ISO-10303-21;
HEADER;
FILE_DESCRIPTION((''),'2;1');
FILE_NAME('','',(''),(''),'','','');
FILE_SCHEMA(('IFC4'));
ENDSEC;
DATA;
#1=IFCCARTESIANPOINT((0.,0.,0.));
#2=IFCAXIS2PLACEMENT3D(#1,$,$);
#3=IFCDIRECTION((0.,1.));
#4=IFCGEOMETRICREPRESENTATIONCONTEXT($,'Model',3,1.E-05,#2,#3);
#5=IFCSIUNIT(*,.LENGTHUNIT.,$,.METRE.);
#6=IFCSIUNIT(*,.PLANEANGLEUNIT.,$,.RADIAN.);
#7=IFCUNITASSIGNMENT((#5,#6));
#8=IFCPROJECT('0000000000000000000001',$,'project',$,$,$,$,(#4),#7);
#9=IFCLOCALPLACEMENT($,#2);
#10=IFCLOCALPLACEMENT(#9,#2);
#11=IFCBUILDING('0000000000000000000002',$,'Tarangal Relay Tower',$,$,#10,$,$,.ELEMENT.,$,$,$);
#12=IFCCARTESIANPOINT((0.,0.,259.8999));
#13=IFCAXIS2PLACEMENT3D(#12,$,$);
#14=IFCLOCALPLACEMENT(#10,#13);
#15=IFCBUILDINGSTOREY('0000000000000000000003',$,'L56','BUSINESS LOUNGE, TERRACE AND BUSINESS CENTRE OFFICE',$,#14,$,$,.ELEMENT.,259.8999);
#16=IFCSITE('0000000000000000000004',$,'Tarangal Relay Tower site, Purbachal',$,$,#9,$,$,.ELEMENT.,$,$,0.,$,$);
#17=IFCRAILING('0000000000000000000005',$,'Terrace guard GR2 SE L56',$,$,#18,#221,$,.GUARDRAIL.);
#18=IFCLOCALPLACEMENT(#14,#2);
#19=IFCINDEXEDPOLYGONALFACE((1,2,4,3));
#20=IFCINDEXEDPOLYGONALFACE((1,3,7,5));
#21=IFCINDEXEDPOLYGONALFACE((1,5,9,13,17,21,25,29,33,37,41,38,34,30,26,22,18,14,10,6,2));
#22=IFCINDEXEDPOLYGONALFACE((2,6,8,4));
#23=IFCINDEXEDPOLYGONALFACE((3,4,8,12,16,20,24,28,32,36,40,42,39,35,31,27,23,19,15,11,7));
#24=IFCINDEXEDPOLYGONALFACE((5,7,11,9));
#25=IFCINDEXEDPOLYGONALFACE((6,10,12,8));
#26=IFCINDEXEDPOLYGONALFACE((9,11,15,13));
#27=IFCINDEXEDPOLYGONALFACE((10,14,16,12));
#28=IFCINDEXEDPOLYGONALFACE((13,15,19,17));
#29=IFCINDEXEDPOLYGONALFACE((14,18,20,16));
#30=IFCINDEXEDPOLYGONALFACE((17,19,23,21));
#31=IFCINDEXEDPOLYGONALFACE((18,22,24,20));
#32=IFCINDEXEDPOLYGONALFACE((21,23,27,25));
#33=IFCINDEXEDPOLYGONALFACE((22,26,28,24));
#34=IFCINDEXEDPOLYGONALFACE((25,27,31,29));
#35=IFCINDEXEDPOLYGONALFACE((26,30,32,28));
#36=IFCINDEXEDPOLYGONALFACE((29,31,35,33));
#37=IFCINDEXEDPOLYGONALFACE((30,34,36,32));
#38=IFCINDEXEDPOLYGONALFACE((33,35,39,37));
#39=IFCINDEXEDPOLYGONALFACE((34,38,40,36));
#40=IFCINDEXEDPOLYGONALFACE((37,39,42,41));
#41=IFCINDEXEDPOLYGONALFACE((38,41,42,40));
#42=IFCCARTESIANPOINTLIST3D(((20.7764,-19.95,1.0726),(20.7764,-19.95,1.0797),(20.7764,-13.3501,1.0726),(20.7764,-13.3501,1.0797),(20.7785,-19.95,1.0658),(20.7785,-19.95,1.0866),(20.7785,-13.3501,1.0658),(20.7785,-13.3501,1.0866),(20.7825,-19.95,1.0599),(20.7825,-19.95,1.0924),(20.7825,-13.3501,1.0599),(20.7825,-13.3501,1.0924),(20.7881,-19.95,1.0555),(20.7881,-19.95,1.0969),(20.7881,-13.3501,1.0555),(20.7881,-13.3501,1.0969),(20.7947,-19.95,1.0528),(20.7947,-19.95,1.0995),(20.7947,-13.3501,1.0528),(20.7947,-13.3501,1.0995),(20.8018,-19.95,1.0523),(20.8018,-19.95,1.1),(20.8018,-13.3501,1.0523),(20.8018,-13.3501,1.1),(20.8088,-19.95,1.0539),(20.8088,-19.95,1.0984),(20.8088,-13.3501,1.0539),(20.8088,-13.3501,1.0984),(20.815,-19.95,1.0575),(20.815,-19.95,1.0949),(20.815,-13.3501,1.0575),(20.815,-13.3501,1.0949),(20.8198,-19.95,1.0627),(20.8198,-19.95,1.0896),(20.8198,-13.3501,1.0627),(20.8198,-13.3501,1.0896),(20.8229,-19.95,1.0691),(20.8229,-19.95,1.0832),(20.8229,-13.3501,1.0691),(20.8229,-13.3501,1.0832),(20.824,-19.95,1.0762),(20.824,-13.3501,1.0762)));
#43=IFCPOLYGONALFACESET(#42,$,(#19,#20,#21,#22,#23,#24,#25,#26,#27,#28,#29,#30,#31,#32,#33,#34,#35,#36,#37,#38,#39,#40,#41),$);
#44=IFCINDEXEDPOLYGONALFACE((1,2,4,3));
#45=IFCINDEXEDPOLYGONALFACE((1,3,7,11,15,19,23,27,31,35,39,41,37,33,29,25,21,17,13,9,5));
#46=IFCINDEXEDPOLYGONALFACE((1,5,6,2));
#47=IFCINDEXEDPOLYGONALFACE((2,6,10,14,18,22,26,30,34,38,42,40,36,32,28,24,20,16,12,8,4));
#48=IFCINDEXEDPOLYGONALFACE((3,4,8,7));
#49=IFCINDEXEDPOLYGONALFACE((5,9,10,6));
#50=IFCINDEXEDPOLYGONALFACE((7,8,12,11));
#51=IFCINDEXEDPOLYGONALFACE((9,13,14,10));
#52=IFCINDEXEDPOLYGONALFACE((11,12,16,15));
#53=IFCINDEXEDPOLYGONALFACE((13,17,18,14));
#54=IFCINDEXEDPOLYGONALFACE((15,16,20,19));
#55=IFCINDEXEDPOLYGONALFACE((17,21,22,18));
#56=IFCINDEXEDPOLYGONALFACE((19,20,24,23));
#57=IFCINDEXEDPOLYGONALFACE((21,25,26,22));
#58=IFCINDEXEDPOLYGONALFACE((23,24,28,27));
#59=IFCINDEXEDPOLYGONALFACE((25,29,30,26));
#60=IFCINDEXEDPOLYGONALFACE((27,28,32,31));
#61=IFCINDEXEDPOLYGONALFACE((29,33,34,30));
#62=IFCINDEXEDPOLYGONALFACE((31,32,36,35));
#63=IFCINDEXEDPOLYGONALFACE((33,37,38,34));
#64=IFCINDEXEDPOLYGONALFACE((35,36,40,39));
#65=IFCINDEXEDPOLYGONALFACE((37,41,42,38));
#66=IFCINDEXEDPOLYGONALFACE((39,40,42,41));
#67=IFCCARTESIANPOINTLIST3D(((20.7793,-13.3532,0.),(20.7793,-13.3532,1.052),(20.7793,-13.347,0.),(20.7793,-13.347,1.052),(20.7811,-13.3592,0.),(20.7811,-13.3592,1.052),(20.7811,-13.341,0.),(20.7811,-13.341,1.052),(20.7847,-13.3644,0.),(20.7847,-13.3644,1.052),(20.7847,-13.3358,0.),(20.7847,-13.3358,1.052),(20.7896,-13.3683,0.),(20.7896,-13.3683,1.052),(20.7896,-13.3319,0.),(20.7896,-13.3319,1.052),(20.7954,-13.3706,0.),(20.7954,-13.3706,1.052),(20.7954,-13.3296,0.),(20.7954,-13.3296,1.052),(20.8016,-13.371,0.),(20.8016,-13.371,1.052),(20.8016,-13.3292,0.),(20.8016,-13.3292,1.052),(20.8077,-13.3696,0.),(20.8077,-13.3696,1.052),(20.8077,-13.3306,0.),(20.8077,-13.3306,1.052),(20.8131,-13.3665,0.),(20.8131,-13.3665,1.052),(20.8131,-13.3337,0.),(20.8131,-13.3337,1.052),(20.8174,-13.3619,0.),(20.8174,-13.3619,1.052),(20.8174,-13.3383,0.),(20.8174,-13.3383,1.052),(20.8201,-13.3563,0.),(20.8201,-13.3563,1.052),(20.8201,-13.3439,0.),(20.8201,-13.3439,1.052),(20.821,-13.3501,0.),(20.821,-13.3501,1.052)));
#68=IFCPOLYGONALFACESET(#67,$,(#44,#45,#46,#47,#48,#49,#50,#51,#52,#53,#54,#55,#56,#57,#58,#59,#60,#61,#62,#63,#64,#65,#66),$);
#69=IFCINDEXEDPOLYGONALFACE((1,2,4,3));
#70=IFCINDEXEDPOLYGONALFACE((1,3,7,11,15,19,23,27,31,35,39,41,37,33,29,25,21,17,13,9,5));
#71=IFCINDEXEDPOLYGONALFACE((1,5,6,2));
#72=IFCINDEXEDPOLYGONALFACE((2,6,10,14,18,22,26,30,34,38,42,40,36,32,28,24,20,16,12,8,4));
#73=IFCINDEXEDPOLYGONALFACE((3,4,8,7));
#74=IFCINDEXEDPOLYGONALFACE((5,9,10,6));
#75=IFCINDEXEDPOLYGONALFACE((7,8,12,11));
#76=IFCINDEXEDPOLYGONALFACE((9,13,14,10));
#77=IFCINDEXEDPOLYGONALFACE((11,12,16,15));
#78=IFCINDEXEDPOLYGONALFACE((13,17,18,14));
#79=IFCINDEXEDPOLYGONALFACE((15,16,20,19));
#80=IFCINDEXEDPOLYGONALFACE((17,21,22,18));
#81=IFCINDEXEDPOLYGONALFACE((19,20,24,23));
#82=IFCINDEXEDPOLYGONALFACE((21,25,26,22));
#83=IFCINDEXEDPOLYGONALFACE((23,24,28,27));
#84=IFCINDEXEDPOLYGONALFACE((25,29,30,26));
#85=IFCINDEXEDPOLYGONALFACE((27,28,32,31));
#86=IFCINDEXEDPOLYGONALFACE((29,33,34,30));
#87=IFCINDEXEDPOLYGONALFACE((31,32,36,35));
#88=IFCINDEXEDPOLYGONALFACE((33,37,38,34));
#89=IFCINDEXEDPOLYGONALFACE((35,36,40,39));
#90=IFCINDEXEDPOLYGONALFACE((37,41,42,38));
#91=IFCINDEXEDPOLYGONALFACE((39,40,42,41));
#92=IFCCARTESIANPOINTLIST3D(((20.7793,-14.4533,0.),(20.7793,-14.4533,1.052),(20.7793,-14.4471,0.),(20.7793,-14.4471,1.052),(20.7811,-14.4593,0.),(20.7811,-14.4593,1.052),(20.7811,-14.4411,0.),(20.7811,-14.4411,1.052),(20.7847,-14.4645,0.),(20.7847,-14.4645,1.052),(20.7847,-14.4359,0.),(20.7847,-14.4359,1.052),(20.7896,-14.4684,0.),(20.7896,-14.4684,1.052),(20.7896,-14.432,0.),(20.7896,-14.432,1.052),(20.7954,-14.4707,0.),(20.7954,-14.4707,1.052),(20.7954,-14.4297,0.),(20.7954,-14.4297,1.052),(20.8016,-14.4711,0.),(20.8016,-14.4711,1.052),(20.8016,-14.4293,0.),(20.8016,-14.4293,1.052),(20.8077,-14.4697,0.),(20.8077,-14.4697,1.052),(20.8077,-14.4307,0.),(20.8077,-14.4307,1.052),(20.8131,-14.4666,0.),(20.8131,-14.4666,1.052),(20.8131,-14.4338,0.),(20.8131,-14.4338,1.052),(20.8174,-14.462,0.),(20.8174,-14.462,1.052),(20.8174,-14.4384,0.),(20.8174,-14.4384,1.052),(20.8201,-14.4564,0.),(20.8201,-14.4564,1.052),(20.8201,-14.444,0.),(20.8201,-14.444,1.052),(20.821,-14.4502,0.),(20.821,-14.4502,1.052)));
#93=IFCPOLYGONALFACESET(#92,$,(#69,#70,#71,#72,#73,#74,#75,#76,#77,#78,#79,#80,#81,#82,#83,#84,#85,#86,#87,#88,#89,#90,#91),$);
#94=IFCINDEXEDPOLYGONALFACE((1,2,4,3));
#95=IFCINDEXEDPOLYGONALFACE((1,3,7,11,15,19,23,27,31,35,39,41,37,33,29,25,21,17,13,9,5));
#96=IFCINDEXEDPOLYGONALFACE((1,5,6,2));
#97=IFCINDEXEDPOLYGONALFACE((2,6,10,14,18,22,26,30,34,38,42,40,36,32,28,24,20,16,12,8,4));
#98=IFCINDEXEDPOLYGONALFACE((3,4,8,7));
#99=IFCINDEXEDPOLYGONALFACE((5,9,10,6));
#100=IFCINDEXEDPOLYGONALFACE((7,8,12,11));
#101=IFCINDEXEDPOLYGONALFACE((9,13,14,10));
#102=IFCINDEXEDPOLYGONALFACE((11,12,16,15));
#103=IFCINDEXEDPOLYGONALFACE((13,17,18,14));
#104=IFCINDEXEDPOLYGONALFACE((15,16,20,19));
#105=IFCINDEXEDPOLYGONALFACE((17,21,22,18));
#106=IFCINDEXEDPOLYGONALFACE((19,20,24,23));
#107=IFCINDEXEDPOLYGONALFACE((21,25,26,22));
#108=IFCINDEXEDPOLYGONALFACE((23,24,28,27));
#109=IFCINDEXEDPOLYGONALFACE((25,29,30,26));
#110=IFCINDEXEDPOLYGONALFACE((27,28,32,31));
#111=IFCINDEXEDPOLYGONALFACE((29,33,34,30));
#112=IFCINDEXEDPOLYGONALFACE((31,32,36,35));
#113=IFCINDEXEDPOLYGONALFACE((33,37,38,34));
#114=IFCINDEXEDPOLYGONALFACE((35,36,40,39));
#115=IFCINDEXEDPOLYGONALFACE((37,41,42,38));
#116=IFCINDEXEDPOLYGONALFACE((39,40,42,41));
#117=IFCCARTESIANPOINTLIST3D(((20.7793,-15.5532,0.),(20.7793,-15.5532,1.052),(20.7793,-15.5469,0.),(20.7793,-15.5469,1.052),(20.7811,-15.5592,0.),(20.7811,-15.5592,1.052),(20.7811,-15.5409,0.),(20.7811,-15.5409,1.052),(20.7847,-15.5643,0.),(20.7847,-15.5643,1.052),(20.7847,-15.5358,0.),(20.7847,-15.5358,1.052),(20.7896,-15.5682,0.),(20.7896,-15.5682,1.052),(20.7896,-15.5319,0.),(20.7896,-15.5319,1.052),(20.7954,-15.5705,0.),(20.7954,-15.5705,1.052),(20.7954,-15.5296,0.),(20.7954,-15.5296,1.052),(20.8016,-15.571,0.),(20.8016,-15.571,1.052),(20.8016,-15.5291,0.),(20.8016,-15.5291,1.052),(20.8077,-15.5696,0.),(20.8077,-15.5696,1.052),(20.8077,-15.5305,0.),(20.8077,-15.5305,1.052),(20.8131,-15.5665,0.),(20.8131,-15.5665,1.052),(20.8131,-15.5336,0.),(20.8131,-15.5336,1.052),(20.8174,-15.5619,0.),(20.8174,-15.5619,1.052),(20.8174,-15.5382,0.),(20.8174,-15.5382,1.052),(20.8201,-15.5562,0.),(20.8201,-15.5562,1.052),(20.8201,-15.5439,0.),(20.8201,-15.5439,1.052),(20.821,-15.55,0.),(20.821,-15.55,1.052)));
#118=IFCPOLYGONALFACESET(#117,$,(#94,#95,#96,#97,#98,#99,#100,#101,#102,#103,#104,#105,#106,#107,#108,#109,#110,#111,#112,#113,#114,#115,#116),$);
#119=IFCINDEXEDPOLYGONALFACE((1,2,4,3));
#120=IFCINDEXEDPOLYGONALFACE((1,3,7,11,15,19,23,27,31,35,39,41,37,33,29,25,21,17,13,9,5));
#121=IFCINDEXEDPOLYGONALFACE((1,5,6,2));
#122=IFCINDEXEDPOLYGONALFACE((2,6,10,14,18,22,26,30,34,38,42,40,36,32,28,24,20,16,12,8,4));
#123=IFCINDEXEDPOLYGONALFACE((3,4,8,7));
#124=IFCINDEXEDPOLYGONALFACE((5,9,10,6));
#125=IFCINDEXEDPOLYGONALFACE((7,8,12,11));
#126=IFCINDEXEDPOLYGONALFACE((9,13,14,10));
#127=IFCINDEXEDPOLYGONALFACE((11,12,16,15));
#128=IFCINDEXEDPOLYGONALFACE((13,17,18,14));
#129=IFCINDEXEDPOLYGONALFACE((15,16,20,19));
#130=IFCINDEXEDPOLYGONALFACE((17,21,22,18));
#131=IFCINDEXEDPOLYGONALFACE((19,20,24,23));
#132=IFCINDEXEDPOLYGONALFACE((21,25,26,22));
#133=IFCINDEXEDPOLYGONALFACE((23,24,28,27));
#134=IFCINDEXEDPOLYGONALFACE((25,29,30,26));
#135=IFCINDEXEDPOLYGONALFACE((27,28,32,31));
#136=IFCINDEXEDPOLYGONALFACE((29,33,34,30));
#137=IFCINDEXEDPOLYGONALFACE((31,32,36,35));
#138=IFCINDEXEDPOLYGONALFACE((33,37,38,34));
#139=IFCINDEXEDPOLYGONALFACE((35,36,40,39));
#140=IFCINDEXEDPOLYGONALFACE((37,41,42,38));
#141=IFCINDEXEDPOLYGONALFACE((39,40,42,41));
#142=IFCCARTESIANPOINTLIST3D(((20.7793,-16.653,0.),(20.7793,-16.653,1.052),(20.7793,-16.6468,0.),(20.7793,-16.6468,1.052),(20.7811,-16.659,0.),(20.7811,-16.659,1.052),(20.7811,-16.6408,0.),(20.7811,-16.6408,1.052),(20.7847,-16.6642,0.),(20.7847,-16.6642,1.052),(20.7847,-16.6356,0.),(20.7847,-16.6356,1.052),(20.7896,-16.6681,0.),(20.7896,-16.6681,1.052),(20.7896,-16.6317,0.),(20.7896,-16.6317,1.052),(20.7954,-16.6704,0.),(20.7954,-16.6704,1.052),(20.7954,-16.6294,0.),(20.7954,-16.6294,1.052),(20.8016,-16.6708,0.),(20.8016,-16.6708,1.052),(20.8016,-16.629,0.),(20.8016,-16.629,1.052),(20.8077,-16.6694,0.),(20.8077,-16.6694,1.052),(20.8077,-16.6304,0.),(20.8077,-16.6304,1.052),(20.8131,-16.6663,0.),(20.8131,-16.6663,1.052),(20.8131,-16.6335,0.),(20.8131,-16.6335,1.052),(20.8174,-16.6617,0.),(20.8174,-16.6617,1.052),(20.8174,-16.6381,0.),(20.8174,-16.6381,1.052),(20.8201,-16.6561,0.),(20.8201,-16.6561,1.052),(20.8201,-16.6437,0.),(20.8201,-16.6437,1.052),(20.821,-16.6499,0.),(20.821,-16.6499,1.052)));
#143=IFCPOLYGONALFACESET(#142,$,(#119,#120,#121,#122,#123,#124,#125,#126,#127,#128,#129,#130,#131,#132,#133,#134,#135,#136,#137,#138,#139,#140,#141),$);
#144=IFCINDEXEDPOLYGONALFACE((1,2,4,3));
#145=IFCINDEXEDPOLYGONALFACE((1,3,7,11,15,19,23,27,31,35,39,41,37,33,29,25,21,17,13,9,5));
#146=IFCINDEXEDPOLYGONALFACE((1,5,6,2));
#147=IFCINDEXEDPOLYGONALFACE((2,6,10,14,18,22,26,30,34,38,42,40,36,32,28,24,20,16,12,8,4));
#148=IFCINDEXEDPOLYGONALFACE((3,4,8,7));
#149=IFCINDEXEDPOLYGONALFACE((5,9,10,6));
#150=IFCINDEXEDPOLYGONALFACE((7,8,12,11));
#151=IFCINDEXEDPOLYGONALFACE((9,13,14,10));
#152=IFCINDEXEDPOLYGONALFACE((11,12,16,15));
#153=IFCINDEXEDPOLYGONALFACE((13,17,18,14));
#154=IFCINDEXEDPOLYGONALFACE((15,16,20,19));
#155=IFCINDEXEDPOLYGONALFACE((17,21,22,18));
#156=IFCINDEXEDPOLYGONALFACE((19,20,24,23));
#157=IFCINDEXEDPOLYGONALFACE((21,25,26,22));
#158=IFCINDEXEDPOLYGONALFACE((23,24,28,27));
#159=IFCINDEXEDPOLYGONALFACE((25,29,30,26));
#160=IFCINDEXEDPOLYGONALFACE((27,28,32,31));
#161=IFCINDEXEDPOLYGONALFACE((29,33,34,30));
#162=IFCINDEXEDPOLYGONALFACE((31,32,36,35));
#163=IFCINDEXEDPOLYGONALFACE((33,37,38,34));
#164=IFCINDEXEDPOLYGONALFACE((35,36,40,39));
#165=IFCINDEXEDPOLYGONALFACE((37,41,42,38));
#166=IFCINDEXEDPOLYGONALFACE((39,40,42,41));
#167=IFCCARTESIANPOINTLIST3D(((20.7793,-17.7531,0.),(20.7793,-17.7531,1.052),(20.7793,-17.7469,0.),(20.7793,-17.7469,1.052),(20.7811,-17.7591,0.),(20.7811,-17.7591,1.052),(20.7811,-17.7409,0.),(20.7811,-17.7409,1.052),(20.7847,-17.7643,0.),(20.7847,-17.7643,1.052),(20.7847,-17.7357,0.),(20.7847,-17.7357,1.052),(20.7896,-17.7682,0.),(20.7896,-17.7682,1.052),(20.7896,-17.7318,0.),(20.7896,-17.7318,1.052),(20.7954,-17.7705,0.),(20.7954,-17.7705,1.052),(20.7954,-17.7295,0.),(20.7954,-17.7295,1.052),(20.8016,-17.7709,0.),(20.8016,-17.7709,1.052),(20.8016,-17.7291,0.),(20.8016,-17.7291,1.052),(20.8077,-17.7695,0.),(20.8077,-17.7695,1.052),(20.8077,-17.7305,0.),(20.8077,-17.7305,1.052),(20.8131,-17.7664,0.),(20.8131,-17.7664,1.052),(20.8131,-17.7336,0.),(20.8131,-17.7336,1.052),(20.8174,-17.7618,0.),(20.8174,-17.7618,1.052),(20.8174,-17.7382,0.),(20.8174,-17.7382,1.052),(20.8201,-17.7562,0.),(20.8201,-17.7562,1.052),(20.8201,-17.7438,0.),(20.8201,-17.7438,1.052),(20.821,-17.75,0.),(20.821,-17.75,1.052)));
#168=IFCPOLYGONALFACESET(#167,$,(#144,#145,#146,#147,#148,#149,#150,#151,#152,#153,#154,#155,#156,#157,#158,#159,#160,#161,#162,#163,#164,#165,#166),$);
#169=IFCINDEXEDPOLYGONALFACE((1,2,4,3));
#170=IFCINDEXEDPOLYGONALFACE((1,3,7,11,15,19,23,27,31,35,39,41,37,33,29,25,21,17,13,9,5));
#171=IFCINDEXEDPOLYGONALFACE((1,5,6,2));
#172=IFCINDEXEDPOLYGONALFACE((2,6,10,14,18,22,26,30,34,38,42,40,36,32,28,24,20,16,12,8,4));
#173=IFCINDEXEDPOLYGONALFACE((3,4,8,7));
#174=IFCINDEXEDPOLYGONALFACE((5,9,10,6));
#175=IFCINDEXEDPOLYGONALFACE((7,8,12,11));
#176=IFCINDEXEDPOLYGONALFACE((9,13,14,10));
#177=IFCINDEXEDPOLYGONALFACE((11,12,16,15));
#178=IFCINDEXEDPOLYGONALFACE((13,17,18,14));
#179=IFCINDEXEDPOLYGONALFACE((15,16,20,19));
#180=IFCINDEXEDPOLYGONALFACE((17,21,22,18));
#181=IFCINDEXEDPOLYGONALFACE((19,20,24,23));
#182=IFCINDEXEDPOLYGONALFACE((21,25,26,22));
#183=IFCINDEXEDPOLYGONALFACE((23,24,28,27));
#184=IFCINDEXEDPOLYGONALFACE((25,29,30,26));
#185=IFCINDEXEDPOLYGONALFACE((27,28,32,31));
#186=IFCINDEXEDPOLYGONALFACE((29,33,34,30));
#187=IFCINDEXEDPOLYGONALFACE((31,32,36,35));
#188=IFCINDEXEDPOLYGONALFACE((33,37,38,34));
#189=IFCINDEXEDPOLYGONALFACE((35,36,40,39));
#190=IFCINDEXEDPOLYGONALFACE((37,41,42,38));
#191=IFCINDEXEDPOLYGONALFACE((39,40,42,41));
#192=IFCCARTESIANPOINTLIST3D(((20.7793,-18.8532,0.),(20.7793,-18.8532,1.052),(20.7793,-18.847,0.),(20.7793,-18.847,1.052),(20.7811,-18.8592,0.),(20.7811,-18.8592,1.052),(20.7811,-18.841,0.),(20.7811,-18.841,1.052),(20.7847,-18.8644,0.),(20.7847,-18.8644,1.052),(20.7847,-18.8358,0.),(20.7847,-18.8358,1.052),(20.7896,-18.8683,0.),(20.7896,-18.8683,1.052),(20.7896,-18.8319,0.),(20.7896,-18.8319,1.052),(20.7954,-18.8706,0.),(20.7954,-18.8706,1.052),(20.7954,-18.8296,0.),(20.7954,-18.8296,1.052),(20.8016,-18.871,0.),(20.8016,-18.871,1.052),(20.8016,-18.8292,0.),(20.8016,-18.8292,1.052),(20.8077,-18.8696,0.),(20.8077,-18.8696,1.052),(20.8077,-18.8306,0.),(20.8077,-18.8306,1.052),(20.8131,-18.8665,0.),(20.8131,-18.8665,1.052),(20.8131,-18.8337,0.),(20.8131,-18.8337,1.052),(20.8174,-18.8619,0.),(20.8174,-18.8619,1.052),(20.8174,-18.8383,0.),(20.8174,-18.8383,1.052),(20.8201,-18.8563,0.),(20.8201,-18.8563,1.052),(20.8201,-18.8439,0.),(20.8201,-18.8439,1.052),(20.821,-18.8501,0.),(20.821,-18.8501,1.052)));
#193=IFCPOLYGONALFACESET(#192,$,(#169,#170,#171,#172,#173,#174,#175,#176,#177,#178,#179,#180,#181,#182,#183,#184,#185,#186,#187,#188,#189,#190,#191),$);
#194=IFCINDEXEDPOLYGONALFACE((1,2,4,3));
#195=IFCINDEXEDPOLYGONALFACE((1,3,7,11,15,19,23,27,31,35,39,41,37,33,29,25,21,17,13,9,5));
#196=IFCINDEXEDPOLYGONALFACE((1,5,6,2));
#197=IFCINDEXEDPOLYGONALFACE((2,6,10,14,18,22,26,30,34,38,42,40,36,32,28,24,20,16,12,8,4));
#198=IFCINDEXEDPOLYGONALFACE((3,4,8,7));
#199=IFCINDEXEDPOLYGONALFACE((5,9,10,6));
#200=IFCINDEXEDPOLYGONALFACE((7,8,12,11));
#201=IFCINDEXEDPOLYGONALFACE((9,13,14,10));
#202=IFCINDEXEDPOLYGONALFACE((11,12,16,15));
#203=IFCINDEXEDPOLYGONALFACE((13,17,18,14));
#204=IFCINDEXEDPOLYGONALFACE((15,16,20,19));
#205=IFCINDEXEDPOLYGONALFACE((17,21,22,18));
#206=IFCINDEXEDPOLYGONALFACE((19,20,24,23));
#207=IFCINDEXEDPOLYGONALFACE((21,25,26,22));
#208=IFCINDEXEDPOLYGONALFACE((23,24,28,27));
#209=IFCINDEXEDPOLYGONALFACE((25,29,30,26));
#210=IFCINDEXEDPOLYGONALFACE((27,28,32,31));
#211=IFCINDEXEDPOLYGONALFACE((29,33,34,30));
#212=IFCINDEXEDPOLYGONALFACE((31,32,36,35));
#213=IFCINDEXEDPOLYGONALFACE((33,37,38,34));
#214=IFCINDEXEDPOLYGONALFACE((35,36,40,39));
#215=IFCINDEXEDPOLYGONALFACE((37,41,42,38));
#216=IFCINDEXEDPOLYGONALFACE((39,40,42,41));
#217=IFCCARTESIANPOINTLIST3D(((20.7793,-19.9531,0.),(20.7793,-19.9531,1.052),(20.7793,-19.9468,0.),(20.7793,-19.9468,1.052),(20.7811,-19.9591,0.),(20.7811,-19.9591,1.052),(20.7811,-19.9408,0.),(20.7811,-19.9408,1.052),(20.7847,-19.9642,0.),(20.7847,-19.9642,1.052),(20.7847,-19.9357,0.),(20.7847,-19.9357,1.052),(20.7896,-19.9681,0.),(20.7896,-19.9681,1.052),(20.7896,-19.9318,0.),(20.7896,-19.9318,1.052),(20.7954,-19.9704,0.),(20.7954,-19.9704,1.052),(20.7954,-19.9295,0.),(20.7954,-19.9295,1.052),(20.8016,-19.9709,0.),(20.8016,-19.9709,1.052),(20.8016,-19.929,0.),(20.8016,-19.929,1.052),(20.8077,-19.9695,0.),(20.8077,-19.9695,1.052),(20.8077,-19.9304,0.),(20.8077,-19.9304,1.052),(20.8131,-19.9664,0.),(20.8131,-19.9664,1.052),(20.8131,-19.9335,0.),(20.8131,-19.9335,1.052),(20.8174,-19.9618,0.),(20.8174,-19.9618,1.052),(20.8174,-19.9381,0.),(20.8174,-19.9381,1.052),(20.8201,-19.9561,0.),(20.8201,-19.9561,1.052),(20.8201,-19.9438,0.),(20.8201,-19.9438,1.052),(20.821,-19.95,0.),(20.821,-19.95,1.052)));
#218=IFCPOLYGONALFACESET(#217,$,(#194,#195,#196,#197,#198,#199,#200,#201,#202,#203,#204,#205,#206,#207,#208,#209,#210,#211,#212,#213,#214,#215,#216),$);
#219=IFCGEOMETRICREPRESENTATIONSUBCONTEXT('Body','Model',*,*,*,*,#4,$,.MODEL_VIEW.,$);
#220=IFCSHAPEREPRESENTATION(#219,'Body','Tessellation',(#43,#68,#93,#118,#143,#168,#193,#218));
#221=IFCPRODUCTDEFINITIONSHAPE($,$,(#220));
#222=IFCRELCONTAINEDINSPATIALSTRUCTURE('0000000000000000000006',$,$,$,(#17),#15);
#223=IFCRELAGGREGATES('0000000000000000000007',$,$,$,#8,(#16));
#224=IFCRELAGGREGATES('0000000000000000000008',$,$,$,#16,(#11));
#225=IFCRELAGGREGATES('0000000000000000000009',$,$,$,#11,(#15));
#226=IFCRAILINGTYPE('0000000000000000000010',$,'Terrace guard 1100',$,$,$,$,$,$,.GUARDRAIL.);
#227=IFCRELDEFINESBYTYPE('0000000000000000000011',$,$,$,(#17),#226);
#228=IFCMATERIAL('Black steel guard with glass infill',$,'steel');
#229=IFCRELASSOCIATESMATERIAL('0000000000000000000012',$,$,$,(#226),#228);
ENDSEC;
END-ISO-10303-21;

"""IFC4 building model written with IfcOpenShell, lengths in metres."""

from ifc_helpers import new_model, si_unit, direction, frame, origin, origin_2d, place, context, subcontext, project, spatial, circle, extrude, material, type_object, element, save


model = new_model("IFC4")

# Units and contexts
model_context = context("Model", 3, precision=1e-05, world=origin(), true_north=direction((0.0, 1.0)))
body_context = subcontext(model_context, "Body", "Model", "MODEL_VIEW")
ifc_project = project(units=[si_unit("LENGTHUNIT", "METRE"), si_unit("PLANEANGLEUNIT", "RADIAN")], contexts=[model_context])

# Site, building, storey
site_placement = place(None, origin())
site = spatial("IfcSite", under=ifc_project, at=site_placement, Name="Tarangal Relay Tower site, Purbachal", CompositionType="ELEMENT", RefElevation=0.0)
building_placement = place(site_placement, origin())
building = spatial("IfcBuilding", under=site, at=building_placement, Name="Tarangal Relay Tower", CompositionType="ELEMENT")
storey_placement = place(building_placement, frame((0.0, 0.0, 259.8999)))
storey = spatial("IfcBuildingStorey", under=building, at=storey_placement, Name="L56", Description="BUSINESS LOUNGE, TERRACE AND BUSINESS CENTRE OFFICE", CompositionType="ELEMENT", Elevation=259.8999)

# Railing
ifc_material_1 = material(Name="Black steel guard with glass infill", Category="steel")
railing_type = type_object("IfcRailingType", Name="Terrace guard 1100", PredefinedType="GUARDRAIL", material=ifc_material_1)
railing_1_placement = place(storey_placement, frame((20.8, -13.3501, 0.0)))
element("IfcRailing", 1, at=railing_1_placement, inside=storey, type_object=railing_type, Name="Terrace guard GR2 SE L56", PredefinedType="GUARDRAIL", context=body_context, shape_type="SweptSolid", body=[
    extrude(circle(Radius=0.0239, at=origin_2d()), frame((0.0, 0.0, 1.0762), z_axis=(0.0, -1.0, 0.0), x_axis=(1.0, 0.0, 0.0)), (0.0, 0.0, 1.0), 6.5999),
    extrude(circle(Radius=0.021, at=origin_2d()), origin(), (0.0, 0.0, 1.0), 1.052),
    extrude(circle(Radius=0.021, at=origin_2d()), frame((0.0, -1.1001, 0.0)), (0.0, 0.0, 1.0), 1.052),
    extrude(circle(Radius=0.021, at=origin_2d()), frame((0.0, -2.2, 0.0)), (0.0, 0.0, 1.0), 1.052),
    extrude(circle(Radius=0.021, at=origin_2d()), frame((0.0, -3.2998, 0.0)), (0.0, 0.0, 1.0), 1.052),
    extrude(circle(Radius=0.021, at=origin_2d()), frame((0.0, -4.3999, 0.0)), (0.0, 0.0, 1.0), 1.052),
    extrude(circle(Radius=0.021, at=origin_2d()), frame((0.0, -5.5, 0.0)), (0.0, 0.0, 1.0), 1.052),
    extrude(circle(Radius=0.021, at=origin_2d()), frame((0.0, -6.5999, 0.0)), (0.0, 0.0, 1.0), 1.052),
])

save(model, "model.ifc")
